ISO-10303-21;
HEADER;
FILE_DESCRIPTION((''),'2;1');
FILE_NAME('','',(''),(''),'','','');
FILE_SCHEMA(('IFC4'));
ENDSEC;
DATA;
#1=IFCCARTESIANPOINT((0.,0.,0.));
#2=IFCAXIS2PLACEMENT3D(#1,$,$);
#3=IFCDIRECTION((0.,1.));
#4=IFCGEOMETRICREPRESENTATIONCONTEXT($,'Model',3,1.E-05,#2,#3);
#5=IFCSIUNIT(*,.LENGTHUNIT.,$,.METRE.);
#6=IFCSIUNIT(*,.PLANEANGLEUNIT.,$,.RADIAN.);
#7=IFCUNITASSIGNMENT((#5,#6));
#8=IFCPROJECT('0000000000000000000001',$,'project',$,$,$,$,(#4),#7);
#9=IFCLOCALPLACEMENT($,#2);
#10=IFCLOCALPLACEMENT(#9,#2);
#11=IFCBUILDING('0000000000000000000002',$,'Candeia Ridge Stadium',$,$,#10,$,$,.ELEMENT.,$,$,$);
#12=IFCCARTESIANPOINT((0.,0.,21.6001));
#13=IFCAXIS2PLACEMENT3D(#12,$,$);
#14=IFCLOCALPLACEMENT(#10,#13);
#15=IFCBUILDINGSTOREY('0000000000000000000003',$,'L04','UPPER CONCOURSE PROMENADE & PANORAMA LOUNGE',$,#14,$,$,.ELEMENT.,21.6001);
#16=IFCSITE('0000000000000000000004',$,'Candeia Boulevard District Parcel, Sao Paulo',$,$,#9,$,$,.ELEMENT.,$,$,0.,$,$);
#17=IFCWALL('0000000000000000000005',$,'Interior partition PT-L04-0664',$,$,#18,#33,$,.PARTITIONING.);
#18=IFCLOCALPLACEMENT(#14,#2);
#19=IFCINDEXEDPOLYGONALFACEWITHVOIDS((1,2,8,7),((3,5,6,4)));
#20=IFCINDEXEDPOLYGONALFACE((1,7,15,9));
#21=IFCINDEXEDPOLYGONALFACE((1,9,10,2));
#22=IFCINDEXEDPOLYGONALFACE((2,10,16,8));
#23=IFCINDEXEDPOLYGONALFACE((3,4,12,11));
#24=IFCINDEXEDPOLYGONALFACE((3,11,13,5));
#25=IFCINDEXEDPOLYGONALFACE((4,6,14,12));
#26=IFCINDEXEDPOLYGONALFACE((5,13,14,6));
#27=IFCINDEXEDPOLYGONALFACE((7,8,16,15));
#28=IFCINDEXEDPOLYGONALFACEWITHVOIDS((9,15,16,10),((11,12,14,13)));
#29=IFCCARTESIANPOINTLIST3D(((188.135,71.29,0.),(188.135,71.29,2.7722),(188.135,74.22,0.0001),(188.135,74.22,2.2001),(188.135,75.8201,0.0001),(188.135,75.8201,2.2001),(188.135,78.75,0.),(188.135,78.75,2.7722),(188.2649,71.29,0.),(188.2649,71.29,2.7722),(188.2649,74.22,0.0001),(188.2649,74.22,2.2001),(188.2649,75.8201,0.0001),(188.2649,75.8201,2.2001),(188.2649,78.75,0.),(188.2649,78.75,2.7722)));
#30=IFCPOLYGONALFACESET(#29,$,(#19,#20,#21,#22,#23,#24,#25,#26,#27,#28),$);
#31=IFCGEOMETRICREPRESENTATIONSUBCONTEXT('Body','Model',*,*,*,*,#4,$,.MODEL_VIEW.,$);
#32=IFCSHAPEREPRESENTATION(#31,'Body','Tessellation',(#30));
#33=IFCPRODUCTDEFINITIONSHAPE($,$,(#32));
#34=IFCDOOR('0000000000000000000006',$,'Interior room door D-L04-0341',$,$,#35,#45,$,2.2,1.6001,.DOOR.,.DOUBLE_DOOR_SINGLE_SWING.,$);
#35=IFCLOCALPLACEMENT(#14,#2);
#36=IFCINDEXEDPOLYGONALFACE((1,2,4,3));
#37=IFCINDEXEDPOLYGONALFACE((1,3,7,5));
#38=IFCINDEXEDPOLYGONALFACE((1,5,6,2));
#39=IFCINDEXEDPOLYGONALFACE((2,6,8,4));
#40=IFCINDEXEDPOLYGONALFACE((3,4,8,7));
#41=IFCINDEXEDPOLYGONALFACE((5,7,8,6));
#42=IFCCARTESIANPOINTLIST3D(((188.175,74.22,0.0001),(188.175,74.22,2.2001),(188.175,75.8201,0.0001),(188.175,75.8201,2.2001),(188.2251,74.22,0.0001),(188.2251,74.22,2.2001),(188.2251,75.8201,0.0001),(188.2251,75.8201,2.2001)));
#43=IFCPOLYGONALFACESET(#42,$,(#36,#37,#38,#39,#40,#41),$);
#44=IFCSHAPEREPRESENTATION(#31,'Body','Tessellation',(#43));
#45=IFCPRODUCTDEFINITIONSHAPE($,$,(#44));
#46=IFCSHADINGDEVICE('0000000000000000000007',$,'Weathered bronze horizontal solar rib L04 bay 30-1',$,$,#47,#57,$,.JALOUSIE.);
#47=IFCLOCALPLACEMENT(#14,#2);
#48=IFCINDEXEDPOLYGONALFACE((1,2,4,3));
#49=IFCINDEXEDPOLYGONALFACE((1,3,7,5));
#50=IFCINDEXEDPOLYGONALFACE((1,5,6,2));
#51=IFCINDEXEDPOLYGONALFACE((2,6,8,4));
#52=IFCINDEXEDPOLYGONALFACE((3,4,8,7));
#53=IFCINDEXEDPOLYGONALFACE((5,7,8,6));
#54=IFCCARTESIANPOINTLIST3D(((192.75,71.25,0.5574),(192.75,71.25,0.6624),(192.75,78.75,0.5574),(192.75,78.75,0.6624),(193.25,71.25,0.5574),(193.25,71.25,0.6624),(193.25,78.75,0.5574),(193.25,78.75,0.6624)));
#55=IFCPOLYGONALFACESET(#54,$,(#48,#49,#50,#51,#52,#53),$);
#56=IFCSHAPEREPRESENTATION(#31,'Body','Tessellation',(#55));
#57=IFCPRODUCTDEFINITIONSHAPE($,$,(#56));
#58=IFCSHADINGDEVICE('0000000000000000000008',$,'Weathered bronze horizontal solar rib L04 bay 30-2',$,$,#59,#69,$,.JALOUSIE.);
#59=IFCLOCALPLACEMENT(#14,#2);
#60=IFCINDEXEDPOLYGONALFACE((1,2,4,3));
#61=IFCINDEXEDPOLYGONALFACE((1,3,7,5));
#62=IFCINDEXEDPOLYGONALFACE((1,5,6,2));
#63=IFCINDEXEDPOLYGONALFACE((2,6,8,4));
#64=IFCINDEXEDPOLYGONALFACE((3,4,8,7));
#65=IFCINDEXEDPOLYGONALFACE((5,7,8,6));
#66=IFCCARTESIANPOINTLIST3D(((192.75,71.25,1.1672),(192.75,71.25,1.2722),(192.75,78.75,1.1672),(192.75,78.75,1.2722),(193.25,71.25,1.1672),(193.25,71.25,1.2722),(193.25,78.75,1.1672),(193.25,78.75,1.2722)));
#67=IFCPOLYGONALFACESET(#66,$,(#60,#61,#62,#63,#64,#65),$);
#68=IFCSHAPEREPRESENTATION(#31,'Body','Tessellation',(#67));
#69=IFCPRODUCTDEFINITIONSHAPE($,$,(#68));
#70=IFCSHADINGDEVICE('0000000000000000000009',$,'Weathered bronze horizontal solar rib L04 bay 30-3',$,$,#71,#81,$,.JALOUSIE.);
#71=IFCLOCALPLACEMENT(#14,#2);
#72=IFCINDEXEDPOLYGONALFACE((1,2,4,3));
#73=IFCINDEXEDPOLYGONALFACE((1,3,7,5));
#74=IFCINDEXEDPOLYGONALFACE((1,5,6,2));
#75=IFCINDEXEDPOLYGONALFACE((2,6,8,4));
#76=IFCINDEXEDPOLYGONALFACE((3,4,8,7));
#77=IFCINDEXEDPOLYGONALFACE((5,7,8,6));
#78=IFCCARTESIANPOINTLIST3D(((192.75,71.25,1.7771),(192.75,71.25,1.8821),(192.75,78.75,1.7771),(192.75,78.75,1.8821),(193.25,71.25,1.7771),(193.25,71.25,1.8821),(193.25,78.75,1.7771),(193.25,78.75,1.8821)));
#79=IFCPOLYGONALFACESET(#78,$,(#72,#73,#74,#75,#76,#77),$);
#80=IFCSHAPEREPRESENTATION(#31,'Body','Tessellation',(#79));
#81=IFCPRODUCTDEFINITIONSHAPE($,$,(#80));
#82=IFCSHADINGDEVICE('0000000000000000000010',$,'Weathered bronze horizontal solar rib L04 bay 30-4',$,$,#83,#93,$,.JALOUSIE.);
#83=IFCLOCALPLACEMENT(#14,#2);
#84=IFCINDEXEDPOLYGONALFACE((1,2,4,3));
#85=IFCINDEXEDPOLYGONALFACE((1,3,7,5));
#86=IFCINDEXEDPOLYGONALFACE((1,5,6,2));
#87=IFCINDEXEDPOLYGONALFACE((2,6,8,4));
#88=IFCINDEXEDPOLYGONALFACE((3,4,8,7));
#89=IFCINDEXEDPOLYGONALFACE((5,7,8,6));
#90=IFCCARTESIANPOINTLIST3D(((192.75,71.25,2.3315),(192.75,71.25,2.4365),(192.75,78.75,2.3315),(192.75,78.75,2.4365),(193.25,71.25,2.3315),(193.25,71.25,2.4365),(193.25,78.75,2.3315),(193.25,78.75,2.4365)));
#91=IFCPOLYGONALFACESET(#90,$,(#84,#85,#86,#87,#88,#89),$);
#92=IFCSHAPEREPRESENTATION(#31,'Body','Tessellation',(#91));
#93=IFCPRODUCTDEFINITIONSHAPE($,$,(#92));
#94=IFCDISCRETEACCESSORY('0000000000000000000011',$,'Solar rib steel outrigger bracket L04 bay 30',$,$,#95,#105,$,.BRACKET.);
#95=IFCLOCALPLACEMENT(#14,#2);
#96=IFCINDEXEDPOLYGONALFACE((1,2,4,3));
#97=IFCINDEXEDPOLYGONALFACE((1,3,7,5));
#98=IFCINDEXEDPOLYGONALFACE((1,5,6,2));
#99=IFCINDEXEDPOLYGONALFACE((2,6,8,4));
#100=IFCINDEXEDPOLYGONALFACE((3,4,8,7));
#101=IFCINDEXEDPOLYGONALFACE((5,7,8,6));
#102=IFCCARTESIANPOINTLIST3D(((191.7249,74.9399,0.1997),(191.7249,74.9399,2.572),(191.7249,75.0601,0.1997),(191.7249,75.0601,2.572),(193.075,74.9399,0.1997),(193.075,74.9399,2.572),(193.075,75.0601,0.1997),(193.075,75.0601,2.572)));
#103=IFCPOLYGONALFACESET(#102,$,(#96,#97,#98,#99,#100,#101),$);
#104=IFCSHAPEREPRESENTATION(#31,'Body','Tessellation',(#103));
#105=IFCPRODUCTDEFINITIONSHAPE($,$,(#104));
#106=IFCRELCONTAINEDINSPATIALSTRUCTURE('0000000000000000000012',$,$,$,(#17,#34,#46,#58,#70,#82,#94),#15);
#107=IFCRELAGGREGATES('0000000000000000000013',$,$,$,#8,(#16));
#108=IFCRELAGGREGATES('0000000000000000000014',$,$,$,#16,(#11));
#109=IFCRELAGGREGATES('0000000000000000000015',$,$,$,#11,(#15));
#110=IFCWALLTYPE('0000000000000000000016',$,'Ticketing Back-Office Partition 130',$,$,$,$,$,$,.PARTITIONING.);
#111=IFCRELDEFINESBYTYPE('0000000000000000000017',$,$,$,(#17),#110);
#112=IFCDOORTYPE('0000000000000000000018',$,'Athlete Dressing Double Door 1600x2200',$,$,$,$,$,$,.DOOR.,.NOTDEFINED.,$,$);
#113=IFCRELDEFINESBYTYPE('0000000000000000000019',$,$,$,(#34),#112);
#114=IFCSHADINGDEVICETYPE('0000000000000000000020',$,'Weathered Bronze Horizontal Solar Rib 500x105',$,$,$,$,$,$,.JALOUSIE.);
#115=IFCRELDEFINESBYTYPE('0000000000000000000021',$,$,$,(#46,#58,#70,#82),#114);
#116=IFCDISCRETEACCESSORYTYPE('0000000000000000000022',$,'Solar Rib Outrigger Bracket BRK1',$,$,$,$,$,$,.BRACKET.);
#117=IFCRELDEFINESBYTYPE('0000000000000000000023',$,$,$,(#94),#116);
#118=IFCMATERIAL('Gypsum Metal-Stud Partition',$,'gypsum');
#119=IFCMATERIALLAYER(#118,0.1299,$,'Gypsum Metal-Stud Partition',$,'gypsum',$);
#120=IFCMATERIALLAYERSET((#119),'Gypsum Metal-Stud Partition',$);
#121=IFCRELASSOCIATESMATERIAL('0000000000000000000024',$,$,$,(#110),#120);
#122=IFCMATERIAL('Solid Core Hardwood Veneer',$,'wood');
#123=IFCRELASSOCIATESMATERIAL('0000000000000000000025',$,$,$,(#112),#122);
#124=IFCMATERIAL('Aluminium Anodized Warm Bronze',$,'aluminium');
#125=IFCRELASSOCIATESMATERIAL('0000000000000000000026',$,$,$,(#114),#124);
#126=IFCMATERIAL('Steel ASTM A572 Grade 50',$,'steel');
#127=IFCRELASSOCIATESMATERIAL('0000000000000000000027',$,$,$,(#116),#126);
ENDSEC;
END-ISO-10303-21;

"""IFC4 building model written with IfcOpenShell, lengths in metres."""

from ifc_helpers import new_model, si_unit, direction, frame, frame_2d, origin, origin_2d, place, context, subcontext, project, spatial, rectangle, extrude, material, layer, layer_set, type_object, element, fill, save


model = new_model("IFC4")

# Units and contexts
model_context = context("Model", 3, precision=1e-05, world=origin(), true_north=direction((0.0, 1.0)))
body_context = subcontext(model_context, "Body", "Model", "MODEL_VIEW")
ifc_project = project(units=[si_unit("LENGTHUNIT", "METRE"), si_unit("PLANEANGLEUNIT", "RADIAN")], contexts=[model_context])

# Site, building, storey
site_placement = place(None, origin())
site = spatial("IfcSite", under=ifc_project, at=site_placement, Name="Candeia Boulevard District Parcel, Sao Paulo", CompositionType="ELEMENT", RefElevation=0.0)
building_placement = place(site_placement, origin())
building = spatial("IfcBuilding", under=site, at=building_placement, Name="Candeia Ridge Stadium", CompositionType="ELEMENT")
storey_placement = place(building_placement, frame((0.0, 0.0, 21.6001)))
storey = spatial("IfcBuildingStorey", under=building, at=storey_placement, Name="L04", Description="UPPER CONCOURSE PROMENADE & PANORAMA LOUNGE", CompositionType="ELEMENT", Elevation=21.6001)

# Shared definitions
ifc_material_1 = material(Name="Aluminium Anodized Warm Bronze", Category="aluminium")

# Wall, opening, door
ifc_material_2 = material(Name="Gypsum Metal-Stud Partition", Category="gypsum")
ifc_layer_1 = layer(ifc_material_2, 0.1299, Name="Gypsum Metal-Stud Partition", Category="gypsum")
ifc_layer_set_1 = layer_set([ifc_layer_1], Name="Gypsum Metal-Stud Partition")
wall_type_1 = type_object("IfcWallType", Name="Ticketing Back-Office Partition 130", PredefinedType="PARTITIONING", material=ifc_layer_set_1)
wall_1_placement = place(storey_placement, frame((188.2, 71.29, 0.0), z_axis=(0.0, 0.0, 1.0), x_axis=(0.0, 1.0, 0.0)))
wall_1 = element("IfcWall", 1, at=wall_1_placement, inside=storey, type_object=wall_type_1, Name="Interior partition PT-L04-0664", PredefinedType="PARTITIONING", context=body_context, shape_type="SweptSolid", body=[
    extrude(rectangle(XDim=7.46, YDim=0.1299, at=frame_2d((3.73, 0.0))), origin(), (0.0, 0.0, 1.0), 2.7722),
])
opening_placement = place(wall_1_placement, frame((2.9299, 0.0, 0.0)))
opening = element("IfcOpeningElement", 2, at=opening_placement, cuts=wall_1, PredefinedType="OPENING", context=body_context, shape_type="SweptSolid", body=[
    extrude(rectangle(XDim=1.6001, YDim=2.2, at=frame_2d((0.8, 1.1001))), frame((0.0, 0.075, 0.0), z_axis=(0.0, -1.0, 0.0), x_axis=(1.0, 0.0, 0.0)), (0.0, 0.0, 1.0), 0.1499),
])
ifc_material_3 = material(Name="Solid Core Hardwood Veneer", Category="wood")
door_type = type_object("IfcDoorType", Name="Athlete Dressing Double Door 1600x2200", OperationType="NOTDEFINED", PredefinedType="DOOR", material=ifc_material_3)
door_placement = place(opening_placement, origin())
door = element("IfcDoor", 3, at=door_placement, inside=storey, type_object=door_type, Name="Interior room door D-L04-0341", OperationType="DOUBLE_DOOR_SINGLE_SWING", OverallHeight=2.2, OverallWidth=1.6001, PredefinedType="DOOR", context=body_context, shape_type="SweptSolid", body=[
    extrude(rectangle(XDim=1.6001, YDim=2.2, at=frame_2d((0.8, 1.1001))), frame((0.0, 0.0249, 0.0), z_axis=(0.0, -1.0, 0.0), x_axis=(1.0, 0.0, 0.0)), (0.0, 0.0, 1.0), 0.05),
])
fill(opening, door)

# Shading devices
shading_device_type = type_object("IfcShadingDeviceType", Name="Weathered Bronze Horizontal Solar Rib 500x105", PredefinedType="JALOUSIE", material=ifc_material_1)
for number, where, z_axis, x_axis, name in (
    (4, (193.0, 75.0, 0.5574), (0.0, 0.0, 1.0), (0.0, 1.0, 0.0), "Weathered bronze horizontal solar rib L04 bay 30-1"),
    (5, (193.0, 75.0, 1.1672), (0.0, 0.0, 1.0), (0.0, 1.0, 0.0), "Weathered bronze horizontal solar rib L04 bay 30-2"),
    (6, (193.0, 75.0, 1.7771), (0.0, 0.0, 1.0), (0.0, 1.0, 0.0), "Weathered bronze horizontal solar rib L04 bay 30-3"),
    (7, (193.0, 75.0, 2.3315), (0.0, 0.0, 1.0), (0.0, 1.0, 0.0), "Weathered bronze horizontal solar rib L04 bay 30-4"),
):
    element("IfcShadingDevice", number, at=place(storey_placement, frame(where, z_axis=z_axis, x_axis=x_axis)), inside=storey, type_object=shading_device_type, Name=name, PredefinedType="JALOUSIE", context=body_context, shape_type="SweptSolid", body=[
        extrude(rectangle(XDim=7.5, YDim=0.5, at=origin_2d()), origin(), (0.0, 0.0, 1.0), 0.105),
    ])

# Discrete accessory
ifc_material_4 = material(Name="Steel ASTM A572 Grade 50", Category="steel")
discrete_accessory_type = type_object("IfcDiscreteAccessoryType", Name="Solar Rib Outrigger Bracket BRK1", PredefinedType="BRACKET", material=ifc_material_4)
discrete_accessory_placement = place(storey_placement, frame((192.3999, 75.0, 0.1997), z_axis=(0.0, 0.0, 1.0), x_axis=(1.0, 0.0, 0.0)))
element("IfcDiscreteAccessory", 8, at=discrete_accessory_placement, inside=storey, type_object=discrete_accessory_type, Name="Solar rib steel outrigger bracket L04 bay 30", PredefinedType="BRACKET", context=body_context, shape_type="SweptSolid", body=[
    extrude(rectangle(XDim=1.3501, YDim=0.1201, at=origin_2d()), origin(), (0.0, 0.0, 1.0), 2.3723),
])

save(model, "model.ifc")
